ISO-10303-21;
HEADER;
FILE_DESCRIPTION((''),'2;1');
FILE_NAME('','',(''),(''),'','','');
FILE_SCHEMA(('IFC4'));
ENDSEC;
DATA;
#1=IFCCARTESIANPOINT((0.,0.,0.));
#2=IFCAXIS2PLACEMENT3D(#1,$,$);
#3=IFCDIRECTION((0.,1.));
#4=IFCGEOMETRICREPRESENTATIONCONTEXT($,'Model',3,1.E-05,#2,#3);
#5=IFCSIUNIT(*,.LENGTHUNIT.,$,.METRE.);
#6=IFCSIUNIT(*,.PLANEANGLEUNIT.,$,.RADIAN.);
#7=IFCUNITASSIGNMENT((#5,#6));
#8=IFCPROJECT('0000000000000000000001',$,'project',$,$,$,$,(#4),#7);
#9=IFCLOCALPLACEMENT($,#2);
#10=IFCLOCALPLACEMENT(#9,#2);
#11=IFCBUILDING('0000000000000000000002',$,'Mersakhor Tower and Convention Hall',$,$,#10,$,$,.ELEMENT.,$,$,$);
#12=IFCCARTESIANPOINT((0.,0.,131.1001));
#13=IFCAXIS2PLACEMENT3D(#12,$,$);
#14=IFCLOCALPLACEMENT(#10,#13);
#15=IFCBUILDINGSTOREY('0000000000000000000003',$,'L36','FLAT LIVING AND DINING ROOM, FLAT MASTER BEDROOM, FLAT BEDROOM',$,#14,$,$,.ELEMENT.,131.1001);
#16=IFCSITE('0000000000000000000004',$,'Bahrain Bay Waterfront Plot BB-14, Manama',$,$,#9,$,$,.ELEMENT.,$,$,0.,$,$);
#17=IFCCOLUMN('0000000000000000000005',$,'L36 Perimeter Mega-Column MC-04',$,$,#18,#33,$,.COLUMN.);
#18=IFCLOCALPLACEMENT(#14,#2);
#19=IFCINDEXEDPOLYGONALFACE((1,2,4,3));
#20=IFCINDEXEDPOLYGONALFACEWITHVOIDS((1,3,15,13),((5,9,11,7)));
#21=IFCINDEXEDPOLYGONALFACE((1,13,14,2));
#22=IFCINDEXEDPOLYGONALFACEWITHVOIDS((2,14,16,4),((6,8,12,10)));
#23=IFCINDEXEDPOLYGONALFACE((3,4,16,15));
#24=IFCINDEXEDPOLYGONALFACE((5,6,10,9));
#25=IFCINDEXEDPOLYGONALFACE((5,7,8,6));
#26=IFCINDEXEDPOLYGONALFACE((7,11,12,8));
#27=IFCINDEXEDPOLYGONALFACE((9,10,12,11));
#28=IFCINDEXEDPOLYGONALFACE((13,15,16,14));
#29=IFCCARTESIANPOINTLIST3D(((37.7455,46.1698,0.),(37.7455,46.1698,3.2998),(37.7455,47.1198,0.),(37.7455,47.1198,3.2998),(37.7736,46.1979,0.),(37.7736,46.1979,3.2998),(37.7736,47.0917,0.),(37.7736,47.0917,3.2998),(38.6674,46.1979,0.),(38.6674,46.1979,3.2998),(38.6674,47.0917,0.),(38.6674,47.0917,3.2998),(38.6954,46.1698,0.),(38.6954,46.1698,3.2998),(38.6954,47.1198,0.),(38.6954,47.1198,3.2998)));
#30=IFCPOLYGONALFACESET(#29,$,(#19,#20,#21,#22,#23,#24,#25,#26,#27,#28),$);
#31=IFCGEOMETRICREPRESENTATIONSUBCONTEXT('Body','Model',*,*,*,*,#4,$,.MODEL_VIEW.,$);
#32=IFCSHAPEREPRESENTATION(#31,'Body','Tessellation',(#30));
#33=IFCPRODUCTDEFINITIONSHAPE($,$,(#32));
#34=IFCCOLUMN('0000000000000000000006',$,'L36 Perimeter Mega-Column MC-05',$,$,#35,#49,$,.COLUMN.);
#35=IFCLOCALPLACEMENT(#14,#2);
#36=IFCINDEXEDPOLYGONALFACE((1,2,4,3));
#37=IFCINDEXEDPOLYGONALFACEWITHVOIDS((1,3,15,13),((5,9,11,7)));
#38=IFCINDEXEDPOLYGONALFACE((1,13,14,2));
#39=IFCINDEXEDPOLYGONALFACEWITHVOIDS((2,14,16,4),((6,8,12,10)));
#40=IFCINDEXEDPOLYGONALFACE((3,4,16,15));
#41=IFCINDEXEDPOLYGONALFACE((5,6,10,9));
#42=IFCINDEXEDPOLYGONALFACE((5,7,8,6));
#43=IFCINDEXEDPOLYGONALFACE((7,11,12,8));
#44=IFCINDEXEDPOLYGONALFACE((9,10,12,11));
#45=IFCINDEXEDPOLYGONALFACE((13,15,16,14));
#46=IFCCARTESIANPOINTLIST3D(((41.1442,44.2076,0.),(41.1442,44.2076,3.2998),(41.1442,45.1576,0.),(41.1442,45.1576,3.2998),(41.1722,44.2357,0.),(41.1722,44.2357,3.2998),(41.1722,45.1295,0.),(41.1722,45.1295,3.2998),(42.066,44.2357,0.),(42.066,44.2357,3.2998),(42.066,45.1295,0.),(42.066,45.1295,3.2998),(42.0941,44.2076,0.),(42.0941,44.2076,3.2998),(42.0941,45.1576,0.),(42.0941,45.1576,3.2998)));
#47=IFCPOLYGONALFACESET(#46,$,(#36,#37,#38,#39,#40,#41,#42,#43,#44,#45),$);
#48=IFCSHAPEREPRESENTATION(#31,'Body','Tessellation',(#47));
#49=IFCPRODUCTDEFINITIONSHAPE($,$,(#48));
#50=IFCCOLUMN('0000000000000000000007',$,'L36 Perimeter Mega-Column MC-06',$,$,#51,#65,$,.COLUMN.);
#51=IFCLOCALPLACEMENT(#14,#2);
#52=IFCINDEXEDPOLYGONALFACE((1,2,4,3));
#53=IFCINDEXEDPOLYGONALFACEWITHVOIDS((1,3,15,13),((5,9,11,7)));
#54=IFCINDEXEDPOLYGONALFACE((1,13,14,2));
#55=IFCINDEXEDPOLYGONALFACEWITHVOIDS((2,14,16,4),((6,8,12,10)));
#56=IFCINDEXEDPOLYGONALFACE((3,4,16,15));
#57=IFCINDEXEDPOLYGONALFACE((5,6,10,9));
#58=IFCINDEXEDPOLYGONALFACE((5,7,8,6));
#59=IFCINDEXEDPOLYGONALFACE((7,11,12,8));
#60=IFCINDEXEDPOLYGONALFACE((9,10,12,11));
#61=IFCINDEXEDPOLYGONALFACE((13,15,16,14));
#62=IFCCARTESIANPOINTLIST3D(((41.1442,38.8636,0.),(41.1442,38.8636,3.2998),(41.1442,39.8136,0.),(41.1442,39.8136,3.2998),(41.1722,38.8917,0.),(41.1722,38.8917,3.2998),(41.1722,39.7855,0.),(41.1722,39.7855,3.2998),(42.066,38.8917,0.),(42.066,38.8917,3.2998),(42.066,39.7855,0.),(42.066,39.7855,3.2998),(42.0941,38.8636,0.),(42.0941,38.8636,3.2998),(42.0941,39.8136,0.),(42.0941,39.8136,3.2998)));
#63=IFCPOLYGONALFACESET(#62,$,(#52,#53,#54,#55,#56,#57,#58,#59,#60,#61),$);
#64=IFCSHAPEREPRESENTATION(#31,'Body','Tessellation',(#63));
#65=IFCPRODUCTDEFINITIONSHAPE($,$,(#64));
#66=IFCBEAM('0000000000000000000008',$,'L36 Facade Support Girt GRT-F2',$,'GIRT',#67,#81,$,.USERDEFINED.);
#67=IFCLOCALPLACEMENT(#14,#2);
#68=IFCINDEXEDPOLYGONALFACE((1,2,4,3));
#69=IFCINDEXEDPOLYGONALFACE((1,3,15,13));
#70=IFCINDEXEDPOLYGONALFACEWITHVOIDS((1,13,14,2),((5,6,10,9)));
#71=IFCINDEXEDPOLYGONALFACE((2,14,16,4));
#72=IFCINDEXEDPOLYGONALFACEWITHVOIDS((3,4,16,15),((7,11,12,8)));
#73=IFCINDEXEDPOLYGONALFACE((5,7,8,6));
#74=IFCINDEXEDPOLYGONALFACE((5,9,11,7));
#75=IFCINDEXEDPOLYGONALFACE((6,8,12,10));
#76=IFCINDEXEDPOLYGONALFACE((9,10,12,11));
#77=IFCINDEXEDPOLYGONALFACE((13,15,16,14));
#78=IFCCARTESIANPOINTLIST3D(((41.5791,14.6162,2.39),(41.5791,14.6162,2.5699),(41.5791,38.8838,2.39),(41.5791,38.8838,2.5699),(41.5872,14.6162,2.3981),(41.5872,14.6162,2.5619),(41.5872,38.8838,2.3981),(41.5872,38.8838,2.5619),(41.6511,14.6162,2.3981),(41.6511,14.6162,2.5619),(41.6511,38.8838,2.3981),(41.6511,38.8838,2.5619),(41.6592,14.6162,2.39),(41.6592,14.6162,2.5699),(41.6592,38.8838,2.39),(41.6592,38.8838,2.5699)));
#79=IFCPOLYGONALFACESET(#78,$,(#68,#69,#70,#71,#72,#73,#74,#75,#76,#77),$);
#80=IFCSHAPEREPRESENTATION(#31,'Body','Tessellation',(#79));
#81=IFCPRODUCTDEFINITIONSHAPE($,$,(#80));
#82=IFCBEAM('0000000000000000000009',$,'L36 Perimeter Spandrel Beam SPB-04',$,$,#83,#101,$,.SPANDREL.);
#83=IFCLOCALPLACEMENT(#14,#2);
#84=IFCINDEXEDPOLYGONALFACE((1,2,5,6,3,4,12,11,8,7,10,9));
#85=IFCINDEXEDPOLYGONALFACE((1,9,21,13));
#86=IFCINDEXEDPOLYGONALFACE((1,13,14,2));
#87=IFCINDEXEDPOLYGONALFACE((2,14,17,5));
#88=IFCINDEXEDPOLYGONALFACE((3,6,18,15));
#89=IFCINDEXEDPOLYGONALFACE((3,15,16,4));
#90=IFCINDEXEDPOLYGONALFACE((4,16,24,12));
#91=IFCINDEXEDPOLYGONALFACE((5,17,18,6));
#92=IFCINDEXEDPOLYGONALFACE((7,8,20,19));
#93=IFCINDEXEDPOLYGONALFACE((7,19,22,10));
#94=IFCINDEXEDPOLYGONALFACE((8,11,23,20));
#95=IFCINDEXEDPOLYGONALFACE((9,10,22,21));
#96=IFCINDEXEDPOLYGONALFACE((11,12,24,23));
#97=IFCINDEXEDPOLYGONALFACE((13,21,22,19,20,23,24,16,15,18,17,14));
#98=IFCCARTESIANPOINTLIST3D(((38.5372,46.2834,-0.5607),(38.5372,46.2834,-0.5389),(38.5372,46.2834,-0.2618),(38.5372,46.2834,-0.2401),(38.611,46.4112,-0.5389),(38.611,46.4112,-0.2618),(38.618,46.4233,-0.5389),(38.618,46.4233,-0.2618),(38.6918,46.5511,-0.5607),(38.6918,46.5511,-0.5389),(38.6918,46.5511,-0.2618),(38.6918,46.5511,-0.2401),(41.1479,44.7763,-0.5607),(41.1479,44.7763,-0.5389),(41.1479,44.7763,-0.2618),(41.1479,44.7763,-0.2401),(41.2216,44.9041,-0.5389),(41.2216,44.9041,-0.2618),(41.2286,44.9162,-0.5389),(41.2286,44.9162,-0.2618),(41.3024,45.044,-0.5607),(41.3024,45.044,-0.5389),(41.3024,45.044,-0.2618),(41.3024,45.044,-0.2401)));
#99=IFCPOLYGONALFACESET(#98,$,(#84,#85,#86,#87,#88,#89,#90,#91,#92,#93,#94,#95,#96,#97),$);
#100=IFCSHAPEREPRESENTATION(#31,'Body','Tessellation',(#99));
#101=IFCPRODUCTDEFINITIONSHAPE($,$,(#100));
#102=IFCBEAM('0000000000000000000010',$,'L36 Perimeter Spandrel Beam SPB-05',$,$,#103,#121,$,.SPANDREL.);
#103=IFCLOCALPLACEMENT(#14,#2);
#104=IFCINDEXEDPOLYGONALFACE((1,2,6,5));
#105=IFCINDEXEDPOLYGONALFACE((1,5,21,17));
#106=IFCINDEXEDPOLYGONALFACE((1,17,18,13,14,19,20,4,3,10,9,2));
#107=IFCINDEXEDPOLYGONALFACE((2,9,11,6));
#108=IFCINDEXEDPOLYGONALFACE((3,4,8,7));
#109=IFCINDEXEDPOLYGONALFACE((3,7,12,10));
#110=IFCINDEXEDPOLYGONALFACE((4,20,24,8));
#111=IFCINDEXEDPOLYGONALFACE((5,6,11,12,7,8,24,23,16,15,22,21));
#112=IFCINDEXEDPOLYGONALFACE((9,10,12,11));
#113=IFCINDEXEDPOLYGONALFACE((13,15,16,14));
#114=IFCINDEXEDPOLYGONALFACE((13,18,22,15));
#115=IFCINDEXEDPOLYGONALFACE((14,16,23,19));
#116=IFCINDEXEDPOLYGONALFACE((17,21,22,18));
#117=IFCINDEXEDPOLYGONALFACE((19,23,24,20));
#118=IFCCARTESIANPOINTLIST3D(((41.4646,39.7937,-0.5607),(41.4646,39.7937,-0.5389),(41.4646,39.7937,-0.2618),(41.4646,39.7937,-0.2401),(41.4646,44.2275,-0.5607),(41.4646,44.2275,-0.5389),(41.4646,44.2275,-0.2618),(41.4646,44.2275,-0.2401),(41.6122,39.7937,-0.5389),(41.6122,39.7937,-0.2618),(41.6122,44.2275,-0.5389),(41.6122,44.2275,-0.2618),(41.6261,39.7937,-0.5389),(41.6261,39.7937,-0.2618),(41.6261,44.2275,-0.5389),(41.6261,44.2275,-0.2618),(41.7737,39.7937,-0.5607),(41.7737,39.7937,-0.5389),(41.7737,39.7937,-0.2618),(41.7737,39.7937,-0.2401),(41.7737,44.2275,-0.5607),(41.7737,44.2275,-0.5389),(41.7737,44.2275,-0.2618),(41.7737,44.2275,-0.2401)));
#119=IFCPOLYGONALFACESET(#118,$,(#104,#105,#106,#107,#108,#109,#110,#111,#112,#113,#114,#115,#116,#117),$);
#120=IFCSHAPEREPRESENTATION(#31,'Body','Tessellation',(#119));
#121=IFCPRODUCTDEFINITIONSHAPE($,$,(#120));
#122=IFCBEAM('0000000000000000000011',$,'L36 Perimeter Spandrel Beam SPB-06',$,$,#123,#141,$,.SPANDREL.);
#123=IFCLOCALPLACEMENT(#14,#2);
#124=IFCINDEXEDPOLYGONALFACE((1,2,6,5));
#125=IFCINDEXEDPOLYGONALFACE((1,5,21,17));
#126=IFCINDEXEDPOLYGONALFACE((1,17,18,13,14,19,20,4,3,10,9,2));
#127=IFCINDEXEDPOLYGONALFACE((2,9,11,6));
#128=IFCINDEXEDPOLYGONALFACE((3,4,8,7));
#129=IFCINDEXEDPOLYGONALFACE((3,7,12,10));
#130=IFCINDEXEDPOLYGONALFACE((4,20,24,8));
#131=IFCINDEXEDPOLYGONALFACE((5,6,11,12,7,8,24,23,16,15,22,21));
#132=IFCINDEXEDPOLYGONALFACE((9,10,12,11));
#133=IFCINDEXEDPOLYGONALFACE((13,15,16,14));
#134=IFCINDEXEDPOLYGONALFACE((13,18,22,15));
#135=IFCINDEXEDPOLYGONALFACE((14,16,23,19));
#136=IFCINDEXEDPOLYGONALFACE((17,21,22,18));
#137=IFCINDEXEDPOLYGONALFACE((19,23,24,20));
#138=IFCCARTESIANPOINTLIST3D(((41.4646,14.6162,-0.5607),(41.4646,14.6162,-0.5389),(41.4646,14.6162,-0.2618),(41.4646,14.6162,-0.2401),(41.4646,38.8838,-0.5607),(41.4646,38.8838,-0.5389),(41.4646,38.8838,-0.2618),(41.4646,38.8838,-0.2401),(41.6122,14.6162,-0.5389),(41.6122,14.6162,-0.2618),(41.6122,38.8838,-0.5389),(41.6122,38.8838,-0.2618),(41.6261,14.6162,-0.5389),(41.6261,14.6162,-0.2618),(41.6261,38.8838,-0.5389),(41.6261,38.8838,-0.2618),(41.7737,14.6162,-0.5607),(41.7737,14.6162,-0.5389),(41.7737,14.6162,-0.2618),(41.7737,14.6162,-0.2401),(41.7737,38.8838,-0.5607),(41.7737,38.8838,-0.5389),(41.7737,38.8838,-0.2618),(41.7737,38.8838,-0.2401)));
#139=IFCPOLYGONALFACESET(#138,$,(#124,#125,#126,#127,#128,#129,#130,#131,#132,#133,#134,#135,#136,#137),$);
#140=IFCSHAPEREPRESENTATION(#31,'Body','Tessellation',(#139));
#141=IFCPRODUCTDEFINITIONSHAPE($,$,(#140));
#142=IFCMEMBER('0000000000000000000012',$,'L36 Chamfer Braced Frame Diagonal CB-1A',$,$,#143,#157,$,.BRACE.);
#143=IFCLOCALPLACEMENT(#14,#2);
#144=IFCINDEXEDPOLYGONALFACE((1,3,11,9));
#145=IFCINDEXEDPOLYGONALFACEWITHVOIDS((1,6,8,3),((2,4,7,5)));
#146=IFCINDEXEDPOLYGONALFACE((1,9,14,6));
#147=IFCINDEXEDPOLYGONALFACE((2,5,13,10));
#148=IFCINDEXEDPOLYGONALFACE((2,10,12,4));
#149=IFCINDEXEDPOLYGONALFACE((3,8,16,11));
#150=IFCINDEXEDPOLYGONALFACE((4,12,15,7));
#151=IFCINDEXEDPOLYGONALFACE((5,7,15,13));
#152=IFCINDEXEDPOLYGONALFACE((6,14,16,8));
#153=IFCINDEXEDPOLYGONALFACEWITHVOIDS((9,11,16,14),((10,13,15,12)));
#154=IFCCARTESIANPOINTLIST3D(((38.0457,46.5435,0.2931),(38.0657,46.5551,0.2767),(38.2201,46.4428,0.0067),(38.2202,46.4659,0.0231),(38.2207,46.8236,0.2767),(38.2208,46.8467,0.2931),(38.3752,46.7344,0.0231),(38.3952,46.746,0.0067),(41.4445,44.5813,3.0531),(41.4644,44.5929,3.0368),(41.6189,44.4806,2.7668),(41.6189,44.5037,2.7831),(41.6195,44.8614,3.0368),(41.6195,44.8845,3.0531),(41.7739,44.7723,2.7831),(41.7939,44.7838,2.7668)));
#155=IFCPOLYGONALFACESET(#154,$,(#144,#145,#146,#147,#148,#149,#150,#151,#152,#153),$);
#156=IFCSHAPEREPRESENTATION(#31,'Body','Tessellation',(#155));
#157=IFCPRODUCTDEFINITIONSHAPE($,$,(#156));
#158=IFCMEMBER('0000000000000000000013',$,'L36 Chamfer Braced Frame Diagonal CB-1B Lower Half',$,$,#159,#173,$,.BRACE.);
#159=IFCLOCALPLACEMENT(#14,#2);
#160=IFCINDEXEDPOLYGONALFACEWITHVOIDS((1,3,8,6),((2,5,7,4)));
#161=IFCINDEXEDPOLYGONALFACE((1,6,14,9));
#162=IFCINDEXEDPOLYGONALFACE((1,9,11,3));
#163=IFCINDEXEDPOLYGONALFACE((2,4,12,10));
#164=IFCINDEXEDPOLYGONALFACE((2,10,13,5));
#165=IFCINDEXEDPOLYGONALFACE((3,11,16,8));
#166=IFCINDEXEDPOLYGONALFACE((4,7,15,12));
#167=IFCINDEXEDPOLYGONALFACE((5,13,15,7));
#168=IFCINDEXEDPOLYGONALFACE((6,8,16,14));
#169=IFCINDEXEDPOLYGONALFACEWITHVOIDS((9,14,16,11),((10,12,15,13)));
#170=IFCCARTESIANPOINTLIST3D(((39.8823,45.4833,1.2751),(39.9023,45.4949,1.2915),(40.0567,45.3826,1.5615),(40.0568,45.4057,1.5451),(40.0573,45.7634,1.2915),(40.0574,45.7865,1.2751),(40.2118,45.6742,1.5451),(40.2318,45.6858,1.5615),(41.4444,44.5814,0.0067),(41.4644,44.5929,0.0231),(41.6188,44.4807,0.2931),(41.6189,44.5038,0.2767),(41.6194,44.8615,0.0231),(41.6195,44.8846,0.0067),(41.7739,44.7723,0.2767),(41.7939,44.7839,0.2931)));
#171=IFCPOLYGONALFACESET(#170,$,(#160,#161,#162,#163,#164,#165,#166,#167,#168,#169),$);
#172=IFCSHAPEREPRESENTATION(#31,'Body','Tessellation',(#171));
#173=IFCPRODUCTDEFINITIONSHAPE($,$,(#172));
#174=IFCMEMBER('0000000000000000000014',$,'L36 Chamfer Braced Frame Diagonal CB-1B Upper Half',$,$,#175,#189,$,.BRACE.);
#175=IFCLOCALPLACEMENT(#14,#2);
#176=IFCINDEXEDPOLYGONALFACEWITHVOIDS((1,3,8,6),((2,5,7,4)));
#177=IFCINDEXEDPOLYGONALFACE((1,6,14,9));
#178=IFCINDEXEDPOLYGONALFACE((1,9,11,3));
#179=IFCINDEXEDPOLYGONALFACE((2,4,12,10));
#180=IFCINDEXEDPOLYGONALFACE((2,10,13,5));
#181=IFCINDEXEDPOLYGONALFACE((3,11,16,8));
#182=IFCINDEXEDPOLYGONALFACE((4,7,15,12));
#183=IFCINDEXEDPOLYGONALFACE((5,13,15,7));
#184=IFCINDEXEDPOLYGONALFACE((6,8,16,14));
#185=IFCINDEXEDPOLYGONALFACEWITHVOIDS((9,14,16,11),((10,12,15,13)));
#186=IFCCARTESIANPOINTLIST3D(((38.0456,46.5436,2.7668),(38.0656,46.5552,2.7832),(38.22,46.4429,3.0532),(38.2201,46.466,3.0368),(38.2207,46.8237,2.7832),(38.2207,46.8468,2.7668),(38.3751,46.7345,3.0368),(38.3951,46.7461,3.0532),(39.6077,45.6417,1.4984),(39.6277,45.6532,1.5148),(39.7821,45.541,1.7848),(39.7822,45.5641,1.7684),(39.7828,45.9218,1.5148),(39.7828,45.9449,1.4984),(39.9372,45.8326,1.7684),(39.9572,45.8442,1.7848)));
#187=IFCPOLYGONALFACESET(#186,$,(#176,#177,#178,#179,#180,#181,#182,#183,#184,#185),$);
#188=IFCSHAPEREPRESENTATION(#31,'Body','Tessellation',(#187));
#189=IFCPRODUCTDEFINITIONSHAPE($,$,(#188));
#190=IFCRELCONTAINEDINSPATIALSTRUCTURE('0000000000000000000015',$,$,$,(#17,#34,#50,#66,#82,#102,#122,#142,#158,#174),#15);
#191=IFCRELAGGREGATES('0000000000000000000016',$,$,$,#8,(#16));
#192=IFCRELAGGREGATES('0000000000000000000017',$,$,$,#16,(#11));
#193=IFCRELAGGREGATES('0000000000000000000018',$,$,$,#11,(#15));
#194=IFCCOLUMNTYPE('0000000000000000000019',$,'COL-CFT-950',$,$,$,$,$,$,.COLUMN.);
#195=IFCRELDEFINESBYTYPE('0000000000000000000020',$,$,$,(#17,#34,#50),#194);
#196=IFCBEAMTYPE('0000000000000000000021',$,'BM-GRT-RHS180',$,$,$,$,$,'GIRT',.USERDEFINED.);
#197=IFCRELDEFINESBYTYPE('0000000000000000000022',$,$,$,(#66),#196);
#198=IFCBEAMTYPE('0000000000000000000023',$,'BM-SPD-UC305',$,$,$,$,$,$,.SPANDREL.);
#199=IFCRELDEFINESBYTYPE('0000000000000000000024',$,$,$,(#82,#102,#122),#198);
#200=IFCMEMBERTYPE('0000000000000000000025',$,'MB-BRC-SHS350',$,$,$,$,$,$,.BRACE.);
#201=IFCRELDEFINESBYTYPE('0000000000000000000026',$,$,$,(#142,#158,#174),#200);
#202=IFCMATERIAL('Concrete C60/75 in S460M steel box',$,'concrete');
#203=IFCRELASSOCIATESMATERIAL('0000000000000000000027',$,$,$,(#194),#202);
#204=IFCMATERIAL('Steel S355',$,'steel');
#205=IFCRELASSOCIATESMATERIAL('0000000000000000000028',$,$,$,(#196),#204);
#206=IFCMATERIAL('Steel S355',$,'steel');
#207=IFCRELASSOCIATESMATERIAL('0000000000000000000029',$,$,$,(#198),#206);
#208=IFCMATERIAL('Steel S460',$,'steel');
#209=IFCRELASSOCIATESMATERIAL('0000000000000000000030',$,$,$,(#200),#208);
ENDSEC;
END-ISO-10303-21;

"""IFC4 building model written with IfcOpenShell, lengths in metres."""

from ifc_helpers import new_model, si_unit, direction, frame, origin, origin_2d, place, context, subcontext, project, spatial, hollow_rectangle, i_section, extrude, material, material_profile, profile_set, type_object, element, save


model = new_model("IFC4")

# Units and contexts
model_context = context("Model", 3, precision=1e-05, world=origin(), true_north=direction((0.0, 1.0)))
body_context = subcontext(model_context, "Body", "Model", "MODEL_VIEW")
ifc_project = project(units=[si_unit("LENGTHUNIT", "METRE"), si_unit("PLANEANGLEUNIT", "RADIAN")], contexts=[model_context])

# Site, building, storey
site_placement = place(None, origin())
site = spatial("IfcSite", under=ifc_project, at=site_placement, Name="Bahrain Bay Waterfront Plot BB-14, Manama", CompositionType="ELEMENT", RefElevation=0.0)
building_placement = place(site_placement, origin())
building = spatial("IfcBuilding", under=site, at=building_placement, Name="Mersakhor Tower and Convention Hall", CompositionType="ELEMENT")
storey_placement = place(building_placement, frame((0.0, 0.0, 131.1001)))
storey = spatial("IfcBuildingStorey", under=building, at=storey_placement, Name="L36", Description="FLAT LIVING AND DINING ROOM, FLAT MASTER BEDROOM, FLAT BEDROOM", CompositionType="ELEMENT", Elevation=131.1001)

# Columns
ifc_material_1 = material(Name="Concrete C60/75 in S460M steel box", Category="concrete")
ifc_material_profile_1 = material_profile(ifc_material_1, hollow_rectangle(XDim=0.95, YDim=0.95, WallThickness=0.0281, at=origin_2d()), Name="SHS 950x950x28")
ifc_profile_set_1 = profile_set([ifc_material_profile_1], Name="Concrete C60/75 in S460M steel box")
column_type = type_object("IfcColumnType", Name="COL-CFT-950", PredefinedType="COLUMN", material=ifc_profile_set_1)
for number, where, z_axis, x_axis, name in (
    (1, (38.2205, 46.6448, 0.0), (0.0, 0.0, 1.0), (1.0, 0.0, 0.0), "L36 Perimeter Mega-Column MC-04"),
    (2, (41.6191, 44.6826, 0.0), (0.0, 0.0, 1.0), (1.0, 0.0, 0.0), "L36 Perimeter Mega-Column MC-05"),
    (3, (41.6191, 39.3386, 0.0), (0.0, 0.0, 1.0), (1.0, 0.0, 0.0), "L36 Perimeter Mega-Column MC-06"),
):
    element("IfcColumn", number, at=place(storey_placement, frame(where, z_axis=z_axis, x_axis=x_axis)), inside=storey, type_object=column_type, Name=name, PredefinedType="COLUMN", context=body_context, shape_type="SweptSolid", body=[
        extrude(hollow_rectangle(XDim=0.95, YDim=0.95, WallThickness=0.0281, at=origin_2d()), origin(), (0.0, 0.0, 1.0), 3.2998),
    ])

# Beams
ifc_material_2 = material(Name="Steel S355", Category="steel")
ifc_material_profile_2 = material_profile(ifc_material_2, hollow_rectangle(XDim=0.0801, YDim=0.1799, WallThickness=0.0081, at=origin_2d()), Name="RHS 180x80x8")
ifc_profile_set_2 = profile_set([ifc_material_profile_2], Name="Steel S355")
beam_type_1 = type_object("IfcBeamType", Name="BM-GRT-RHS180", ElementType="GIRT", PredefinedType="USERDEFINED", material=ifc_profile_set_2)
beam_1_placement = place(storey_placement, frame((41.6191, 38.8838, 2.48), z_axis=(0.0, -1.0, 0.0), x_axis=(1.0, 0.0, 0.0)))
element("IfcBeam", 4, at=beam_1_placement, inside=storey, type_object=beam_type_1, Name="L36 Facade Support Girt GRT-F2", ObjectType="GIRT", PredefinedType="USERDEFINED", context=body_context, shape_type="SweptSolid", body=[
    extrude(hollow_rectangle(XDim=0.0801, YDim=0.1799, WallThickness=0.0081, at=origin_2d()), origin(), (0.0, 0.0, 1.0), 24.2676),
])
ifc_material_3 = material(Name="Steel S355", Category="steel")
ifc_material_profile_3 = material_profile(ifc_material_3, i_section(OverallWidth=0.3091, OverallDepth=0.3206, WebThickness=0.0139, FlangeThickness=0.0217, at=origin_2d()), Name="UC 305x305x137")
ifc_profile_set_3 = profile_set([ifc_material_profile_3], Name="Steel S355")
beam_type_2 = type_object("IfcBeamType", Name="BM-SPD-UC305", PredefinedType="SPANDREL", material=ifc_profile_set_3)
beam_2_placement = place(storey_placement, frame((38.6145, 46.4172, -0.4004), z_axis=(0.866047, -0.499963, 0.0), x_axis=(0.499963, 0.866047, 0.0)))
element("IfcBeam", 5, at=beam_2_placement, inside=storey, type_object=beam_type_2, Name="L36 Perimeter Spandrel Beam SPB-04", PredefinedType="SPANDREL", context=body_context, shape_type="SweptSolid", body=[
    extrude(i_section(OverallWidth=0.3091, OverallDepth=0.3206, WebThickness=0.0139, FlangeThickness=0.0217, at=origin_2d()), origin(), (0.0, 0.0, 1.0), 3.0144),
])
beam_3_placement = place(storey_placement, frame((41.6191, 44.2275, -0.4004), z_axis=(0.0, -1.0, 0.0), x_axis=(1.0, 0.0, 0.0)))
element("IfcBeam", 6, at=beam_3_placement, inside=storey, type_object=beam_type_2, Name="L36 Perimeter Spandrel Beam SPB-05", PredefinedType="SPANDREL", context=body_context, shape_type="SweptSolid", body=[
    extrude(i_section(OverallWidth=0.3091, OverallDepth=0.3206, WebThickness=0.0139, FlangeThickness=0.0217, at=origin_2d()), origin(), (0.0, 0.0, 1.0), 4.4338),
])
beam_4_placement = place(storey_placement, frame((41.6191, 38.8838, -0.4004), z_axis=(0.0, -1.0, 0.0), x_axis=(1.0, 0.0, 0.0)))
element("IfcBeam", 7, at=beam_4_placement, inside=storey, type_object=beam_type_2, Name="L36 Perimeter Spandrel Beam SPB-06", PredefinedType="SPANDREL", context=body_context, shape_type="SweptSolid", body=[
    extrude(i_section(OverallWidth=0.3091, OverallDepth=0.3206, WebThickness=0.0139, FlangeThickness=0.0217, at=origin_2d()), origin(), (0.0, 0.0, 1.0), 24.2676),
])

# Members
ifc_material_4 = material(Name="Steel S460", Category="steel")
ifc_material_profile_4 = material_profile(ifc_material_4, hollow_rectangle(XDim=0.3501, YDim=0.3501, WallThickness=0.02, at=origin_2d()), Name="SHS 350x350x20")
ifc_profile_set_4 = profile_set([ifc_material_profile_4], Name="Steel S460")
member_type = type_object("IfcMemberType", Name="MB-BRC-SHS350", PredefinedType="BRACE", material=ifc_profile_set_4)
member_placement = place(storey_placement, frame((38.2205, 46.6448, 0.1499), z_axis=(0.708385, -0.408972, 0.575267), x_axis=(0.499986, 0.866033, 0.0)))
element("IfcMember", 8, at=member_placement, inside=storey, type_object=member_type, Name="L36 Chamfer Braced Frame Diagonal CB-1A", PredefinedType="BRACE", context=body_context, shape_type="SweptSolid", body=[
    extrude(hollow_rectangle(XDim=0.3501, YDim=0.3501, WallThickness=0.02, at=origin_2d()), origin(), (0.0, 0.0, 1.0), 4.7979),
])
for number, where, z_axis, x_axis, name in (
    (9, (41.6191, 44.6826, 0.1499), (-0.708409, 0.409013, 0.575209), (-0.500011, -0.866019, 0.0), "L36 Chamfer Braced Frame Diagonal CB-1B Lower Half"),
    (10, (39.7825, 45.7429, 1.6416), (-0.708409, 0.409013, 0.575209), (-0.500011, -0.866019, 0.0), "L36 Chamfer Braced Frame Diagonal CB-1B Upper Half"),
):
    element("IfcMember", number, at=place(storey_placement, frame(where, z_axis=z_axis, x_axis=x_axis)), inside=storey, type_object=member_type, Name=name, PredefinedType="BRACE", context=body_context, shape_type="SweptSolid", body=[
        extrude(hollow_rectangle(XDim=0.3501, YDim=0.3501, WallThickness=0.02, at=origin_2d()), origin(), (0.0, 0.0, 1.0), 2.2051),
    ])

save(model, "model.ifc")
